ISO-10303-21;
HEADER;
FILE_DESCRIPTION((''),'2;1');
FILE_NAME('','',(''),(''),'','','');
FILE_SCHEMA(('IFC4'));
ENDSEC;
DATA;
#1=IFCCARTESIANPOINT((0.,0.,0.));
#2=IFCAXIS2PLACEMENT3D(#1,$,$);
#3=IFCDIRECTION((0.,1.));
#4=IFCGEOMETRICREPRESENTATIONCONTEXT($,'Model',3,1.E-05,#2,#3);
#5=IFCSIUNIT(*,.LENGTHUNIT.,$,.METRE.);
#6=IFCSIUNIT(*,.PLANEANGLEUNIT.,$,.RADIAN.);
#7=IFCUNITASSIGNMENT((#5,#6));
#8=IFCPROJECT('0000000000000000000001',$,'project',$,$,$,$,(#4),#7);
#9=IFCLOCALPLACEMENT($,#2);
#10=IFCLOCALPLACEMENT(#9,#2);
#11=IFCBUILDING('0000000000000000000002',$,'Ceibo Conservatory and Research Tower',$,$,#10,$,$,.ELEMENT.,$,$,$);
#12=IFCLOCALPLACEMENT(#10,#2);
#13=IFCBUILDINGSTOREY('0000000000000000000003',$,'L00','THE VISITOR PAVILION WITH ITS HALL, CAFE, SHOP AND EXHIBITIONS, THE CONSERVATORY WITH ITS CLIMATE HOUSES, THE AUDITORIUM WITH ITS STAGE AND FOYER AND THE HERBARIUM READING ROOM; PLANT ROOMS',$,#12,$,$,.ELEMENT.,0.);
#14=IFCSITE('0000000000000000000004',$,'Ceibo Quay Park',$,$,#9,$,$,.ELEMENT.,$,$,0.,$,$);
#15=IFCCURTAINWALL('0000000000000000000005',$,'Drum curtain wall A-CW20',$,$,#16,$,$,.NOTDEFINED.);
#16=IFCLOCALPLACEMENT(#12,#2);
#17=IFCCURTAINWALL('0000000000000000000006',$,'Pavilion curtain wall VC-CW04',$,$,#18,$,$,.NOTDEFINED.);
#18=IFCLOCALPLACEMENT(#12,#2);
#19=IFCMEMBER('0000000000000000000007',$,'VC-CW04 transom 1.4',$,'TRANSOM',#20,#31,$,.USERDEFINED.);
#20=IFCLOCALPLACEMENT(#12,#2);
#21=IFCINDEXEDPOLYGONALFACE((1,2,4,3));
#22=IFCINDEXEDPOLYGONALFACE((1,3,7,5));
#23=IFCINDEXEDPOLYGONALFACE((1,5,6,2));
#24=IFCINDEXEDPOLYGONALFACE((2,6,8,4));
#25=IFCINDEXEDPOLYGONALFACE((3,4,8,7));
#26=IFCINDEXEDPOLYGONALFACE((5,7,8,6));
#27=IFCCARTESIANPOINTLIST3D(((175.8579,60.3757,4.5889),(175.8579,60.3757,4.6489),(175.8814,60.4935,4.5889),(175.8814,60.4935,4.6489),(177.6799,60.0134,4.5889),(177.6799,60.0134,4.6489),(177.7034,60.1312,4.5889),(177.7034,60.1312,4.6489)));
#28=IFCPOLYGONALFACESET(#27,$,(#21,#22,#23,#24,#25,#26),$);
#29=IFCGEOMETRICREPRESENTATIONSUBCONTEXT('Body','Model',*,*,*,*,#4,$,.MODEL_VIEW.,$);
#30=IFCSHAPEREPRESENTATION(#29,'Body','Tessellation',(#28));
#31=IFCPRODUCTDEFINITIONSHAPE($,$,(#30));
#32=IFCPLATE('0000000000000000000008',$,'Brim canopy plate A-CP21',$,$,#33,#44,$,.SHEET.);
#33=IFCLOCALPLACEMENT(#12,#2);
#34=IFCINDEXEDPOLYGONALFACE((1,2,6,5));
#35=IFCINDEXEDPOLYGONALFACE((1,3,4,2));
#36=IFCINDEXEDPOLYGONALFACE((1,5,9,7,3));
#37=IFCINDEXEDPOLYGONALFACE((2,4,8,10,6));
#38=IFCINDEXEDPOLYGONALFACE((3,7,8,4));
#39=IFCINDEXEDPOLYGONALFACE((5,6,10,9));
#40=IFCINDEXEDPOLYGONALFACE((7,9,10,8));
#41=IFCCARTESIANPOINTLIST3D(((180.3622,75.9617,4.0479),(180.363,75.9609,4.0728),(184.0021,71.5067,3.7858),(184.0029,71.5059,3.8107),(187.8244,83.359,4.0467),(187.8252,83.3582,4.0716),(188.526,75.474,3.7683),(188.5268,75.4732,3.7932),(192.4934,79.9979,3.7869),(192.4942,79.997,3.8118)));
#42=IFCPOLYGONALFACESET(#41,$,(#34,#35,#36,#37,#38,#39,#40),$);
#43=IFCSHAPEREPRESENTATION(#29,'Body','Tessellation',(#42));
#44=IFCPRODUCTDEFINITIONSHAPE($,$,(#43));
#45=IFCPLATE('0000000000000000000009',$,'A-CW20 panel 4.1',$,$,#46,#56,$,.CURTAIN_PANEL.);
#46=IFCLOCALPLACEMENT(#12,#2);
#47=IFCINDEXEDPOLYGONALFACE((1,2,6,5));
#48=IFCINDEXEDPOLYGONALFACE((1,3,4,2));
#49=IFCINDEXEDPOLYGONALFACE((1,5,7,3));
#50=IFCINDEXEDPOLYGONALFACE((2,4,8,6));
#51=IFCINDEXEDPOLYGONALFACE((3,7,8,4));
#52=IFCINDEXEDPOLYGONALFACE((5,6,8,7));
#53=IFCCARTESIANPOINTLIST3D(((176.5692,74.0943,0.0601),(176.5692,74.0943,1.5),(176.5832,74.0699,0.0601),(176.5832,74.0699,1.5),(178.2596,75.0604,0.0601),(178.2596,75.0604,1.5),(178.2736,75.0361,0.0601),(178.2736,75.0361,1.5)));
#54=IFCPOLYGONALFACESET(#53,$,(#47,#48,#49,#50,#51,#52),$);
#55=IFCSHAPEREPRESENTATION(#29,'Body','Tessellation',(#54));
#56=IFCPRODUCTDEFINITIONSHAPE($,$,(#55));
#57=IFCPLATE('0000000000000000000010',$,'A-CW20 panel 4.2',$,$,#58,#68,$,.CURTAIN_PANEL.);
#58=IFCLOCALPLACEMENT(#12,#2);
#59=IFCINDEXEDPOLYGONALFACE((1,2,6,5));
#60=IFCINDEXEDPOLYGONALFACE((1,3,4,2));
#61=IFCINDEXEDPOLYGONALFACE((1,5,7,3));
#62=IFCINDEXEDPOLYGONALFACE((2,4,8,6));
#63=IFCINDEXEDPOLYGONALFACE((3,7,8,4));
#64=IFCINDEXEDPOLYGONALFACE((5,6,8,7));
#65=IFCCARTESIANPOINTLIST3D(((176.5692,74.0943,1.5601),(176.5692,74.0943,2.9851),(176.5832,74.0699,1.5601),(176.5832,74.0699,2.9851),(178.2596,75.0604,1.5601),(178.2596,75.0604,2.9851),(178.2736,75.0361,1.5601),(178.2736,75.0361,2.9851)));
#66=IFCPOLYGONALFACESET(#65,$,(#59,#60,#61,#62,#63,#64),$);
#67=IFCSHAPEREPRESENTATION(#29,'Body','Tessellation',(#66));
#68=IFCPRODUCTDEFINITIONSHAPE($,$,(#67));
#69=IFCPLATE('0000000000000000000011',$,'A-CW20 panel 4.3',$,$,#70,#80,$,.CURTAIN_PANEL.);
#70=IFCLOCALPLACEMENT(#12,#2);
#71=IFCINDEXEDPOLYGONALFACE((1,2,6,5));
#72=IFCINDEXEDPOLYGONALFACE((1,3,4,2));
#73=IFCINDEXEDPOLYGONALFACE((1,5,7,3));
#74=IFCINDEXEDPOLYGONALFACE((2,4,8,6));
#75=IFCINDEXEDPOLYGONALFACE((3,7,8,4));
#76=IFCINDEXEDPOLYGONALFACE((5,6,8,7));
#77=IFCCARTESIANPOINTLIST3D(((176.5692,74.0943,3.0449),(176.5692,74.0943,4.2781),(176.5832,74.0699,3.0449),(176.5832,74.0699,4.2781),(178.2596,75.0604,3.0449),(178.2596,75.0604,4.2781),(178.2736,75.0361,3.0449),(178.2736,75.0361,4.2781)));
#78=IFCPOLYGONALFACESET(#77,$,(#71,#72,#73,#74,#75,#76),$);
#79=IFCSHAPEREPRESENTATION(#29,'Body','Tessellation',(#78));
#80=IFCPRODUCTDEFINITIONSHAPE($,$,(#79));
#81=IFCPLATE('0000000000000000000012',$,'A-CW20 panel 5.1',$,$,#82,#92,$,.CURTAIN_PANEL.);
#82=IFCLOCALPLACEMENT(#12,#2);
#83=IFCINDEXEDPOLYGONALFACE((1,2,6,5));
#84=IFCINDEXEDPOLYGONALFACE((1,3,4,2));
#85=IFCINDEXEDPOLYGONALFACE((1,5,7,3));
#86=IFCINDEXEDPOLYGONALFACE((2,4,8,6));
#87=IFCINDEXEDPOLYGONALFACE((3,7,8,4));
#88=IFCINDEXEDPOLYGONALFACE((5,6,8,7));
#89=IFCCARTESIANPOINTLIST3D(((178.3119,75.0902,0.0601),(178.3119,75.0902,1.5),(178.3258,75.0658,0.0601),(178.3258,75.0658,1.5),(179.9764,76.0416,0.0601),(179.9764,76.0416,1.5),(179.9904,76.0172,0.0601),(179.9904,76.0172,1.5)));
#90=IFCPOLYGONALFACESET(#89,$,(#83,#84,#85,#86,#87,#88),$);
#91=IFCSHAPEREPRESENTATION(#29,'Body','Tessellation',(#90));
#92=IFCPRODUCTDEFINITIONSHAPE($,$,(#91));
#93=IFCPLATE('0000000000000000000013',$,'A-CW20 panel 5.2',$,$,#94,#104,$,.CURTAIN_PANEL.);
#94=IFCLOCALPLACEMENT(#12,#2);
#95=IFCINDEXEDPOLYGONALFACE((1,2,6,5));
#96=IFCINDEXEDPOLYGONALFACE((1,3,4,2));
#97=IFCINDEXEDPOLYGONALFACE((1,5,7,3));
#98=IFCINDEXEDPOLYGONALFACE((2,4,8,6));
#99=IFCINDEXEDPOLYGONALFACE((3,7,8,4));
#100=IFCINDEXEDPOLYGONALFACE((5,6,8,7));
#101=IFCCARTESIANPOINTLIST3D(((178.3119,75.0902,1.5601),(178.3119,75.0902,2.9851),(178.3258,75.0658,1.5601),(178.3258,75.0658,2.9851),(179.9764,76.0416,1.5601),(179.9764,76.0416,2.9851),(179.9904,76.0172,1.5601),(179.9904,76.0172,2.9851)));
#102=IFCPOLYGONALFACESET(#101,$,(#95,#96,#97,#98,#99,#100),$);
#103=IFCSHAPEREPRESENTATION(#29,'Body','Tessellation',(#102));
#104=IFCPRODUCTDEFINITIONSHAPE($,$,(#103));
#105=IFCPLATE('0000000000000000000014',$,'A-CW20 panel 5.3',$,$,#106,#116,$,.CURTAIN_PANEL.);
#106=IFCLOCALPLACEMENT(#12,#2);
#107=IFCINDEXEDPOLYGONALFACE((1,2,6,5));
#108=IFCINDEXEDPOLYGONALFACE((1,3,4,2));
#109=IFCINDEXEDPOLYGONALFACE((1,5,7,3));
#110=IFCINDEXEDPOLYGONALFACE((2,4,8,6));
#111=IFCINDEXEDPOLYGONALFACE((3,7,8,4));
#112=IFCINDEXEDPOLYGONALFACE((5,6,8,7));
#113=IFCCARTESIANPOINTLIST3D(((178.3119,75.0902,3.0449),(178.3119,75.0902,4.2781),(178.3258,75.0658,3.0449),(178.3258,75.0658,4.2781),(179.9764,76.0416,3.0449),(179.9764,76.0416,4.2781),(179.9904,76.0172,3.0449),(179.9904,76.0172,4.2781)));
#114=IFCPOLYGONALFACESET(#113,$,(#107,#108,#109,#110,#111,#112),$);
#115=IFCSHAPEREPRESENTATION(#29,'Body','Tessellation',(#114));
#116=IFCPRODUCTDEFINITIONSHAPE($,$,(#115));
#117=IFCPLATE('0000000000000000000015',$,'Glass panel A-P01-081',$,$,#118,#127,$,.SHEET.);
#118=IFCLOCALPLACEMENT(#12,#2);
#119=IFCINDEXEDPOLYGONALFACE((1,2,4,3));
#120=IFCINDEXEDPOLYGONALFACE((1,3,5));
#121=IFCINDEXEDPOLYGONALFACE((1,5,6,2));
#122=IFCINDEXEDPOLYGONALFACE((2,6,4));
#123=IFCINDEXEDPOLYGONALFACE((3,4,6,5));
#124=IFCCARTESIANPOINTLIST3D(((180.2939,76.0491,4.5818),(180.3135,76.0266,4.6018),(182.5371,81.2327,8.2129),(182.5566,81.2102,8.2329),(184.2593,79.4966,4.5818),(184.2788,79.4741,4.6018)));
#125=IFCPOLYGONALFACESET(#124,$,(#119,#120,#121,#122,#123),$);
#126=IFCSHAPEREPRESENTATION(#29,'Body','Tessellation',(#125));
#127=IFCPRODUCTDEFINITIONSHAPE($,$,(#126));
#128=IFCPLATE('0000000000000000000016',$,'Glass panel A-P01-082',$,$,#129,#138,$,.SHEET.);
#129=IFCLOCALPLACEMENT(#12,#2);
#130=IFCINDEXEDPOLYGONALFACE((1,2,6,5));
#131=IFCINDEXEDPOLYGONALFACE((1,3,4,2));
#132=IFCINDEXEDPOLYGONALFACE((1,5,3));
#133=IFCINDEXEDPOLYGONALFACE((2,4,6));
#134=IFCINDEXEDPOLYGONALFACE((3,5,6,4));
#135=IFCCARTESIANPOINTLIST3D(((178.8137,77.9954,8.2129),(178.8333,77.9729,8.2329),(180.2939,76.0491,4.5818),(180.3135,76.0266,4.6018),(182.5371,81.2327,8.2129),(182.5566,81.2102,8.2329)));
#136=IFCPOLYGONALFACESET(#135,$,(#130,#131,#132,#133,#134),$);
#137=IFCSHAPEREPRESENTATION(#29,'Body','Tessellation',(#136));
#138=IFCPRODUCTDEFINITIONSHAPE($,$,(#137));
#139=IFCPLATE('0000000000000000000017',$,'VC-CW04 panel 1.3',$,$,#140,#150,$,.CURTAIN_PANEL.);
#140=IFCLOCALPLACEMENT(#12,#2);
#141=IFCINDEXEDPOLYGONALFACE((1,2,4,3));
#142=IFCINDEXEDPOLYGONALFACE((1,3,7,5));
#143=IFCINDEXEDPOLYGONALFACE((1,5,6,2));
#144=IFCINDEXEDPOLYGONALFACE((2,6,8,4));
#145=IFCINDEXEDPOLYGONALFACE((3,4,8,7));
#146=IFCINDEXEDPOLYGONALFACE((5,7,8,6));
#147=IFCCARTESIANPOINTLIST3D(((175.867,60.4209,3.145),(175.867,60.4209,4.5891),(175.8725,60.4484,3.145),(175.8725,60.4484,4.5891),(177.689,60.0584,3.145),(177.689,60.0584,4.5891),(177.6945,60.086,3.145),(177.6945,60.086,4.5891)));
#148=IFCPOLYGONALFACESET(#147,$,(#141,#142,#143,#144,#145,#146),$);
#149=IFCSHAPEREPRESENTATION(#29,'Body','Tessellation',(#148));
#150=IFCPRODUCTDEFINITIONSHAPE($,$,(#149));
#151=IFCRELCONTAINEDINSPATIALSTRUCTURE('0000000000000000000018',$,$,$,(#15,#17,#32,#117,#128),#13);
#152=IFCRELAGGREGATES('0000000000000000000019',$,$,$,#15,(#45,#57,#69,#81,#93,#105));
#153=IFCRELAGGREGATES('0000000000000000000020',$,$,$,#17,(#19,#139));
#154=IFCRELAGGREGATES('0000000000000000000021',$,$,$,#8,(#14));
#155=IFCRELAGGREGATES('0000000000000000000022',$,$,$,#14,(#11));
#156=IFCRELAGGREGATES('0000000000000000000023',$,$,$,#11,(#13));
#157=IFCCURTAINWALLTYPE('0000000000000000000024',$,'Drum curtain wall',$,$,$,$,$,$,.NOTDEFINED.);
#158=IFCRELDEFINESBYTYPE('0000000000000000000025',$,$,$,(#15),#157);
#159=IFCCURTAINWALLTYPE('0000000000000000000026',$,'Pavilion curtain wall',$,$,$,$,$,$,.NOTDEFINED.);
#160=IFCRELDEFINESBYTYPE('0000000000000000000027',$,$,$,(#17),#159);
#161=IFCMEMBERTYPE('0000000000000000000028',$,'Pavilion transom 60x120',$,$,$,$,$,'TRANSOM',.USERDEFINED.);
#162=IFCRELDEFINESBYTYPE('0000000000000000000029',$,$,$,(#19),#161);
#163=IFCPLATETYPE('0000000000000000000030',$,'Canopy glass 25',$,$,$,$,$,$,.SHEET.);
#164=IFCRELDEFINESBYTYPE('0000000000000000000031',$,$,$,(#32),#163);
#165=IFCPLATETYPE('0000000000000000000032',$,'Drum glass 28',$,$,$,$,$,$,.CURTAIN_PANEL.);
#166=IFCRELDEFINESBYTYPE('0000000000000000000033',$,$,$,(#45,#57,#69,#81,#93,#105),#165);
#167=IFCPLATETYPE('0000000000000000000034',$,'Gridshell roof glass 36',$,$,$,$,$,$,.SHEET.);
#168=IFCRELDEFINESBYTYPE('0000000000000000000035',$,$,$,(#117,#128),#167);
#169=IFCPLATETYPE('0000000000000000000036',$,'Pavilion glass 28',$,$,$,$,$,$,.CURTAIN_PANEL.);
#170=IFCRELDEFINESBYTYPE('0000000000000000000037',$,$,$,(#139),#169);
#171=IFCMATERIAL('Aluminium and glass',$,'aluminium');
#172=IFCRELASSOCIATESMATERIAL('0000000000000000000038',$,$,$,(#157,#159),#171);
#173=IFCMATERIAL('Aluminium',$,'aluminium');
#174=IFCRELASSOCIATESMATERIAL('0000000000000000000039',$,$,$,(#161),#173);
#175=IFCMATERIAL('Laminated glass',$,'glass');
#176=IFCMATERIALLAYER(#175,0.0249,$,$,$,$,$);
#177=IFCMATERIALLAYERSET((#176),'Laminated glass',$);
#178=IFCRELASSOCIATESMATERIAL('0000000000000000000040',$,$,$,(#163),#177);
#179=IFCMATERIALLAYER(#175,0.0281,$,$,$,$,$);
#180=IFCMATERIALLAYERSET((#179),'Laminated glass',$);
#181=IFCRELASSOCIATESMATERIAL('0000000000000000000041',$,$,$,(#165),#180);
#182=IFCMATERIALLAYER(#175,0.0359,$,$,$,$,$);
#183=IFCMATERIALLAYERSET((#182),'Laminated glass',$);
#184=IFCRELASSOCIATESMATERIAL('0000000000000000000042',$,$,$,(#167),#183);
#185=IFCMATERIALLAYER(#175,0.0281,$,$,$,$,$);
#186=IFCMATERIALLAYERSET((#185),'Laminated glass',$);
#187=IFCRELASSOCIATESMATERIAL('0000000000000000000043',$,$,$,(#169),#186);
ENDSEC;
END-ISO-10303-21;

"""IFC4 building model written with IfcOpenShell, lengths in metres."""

from ifc_helpers import new_model, si_unit, direction, frame, origin, origin_2d, place, context, subcontext, project, spatial, polyline, rectangle, outline, extrude, material, layer, layer_set, material_profile, profile_set, type_object, element, aggregate, save


model = new_model("IFC4")

# Units and contexts
model_context = context("Model", 3, precision=1e-05, world=origin(), true_north=direction((0.0, 1.0)))
body_context = subcontext(model_context, "Body", "Model", "MODEL_VIEW")
ifc_project = project(units=[si_unit("LENGTHUNIT", "METRE"), si_unit("PLANEANGLEUNIT", "RADIAN")], contexts=[model_context])

# Site, building, storey
site_placement = place(None, origin())
site = spatial("IfcSite", under=ifc_project, at=site_placement, Name="Ceibo Quay Park", CompositionType="ELEMENT", RefElevation=0.0)
building_placement = place(site_placement, origin())
building = spatial("IfcBuilding", under=site, at=building_placement, Name="Ceibo Conservatory and Research Tower", CompositionType="ELEMENT")
storey_placement = place(building_placement, origin())
storey = spatial("IfcBuildingStorey", under=building, at=storey_placement, Name="L00", Description="THE VISITOR PAVILION WITH ITS HALL, CAFE, SHOP AND EXHIBITIONS, THE CONSERVATORY WITH ITS CLIMATE HOUSES, THE AUDITORIUM WITH ITS STAGE AND FOYER AND THE HERBARIUM READING ROOM; PLANT ROOMS", CompositionType="ELEMENT", Elevation=0.0)

# Curtain wall
ifc_material_1 = material(Name="Aluminium and glass", Category="aluminium")
curtain_wall_type_1 = type_object("IfcCurtainWallType", Name="Drum curtain wall", PredefinedType="NOTDEFINED", material=ifc_material_1)
curtain_wall_1_placement = place(storey_placement, origin())
curtain_wall_1 = element("IfcCurtainWall", 1, at=curtain_wall_1_placement, inside=storey, type_object=curtain_wall_type_1, Name="Drum curtain wall A-CW20", PredefinedType="NOTDEFINED")
ifc_material_2 = material(Name="Aluminium", Category="aluminium")

# Curtain wall, member
curtain_wall_type_2 = type_object("IfcCurtainWallType", Name="Pavilion curtain wall", PredefinedType="NOTDEFINED", material=ifc_material_1)
curtain_wall_2_placement = place(storey_placement, origin())
curtain_wall_2 = element("IfcCurtainWall", 2, at=curtain_wall_2_placement, inside=storey, type_object=curtain_wall_type_2, Name="Pavilion curtain wall VC-CW04", PredefinedType="NOTDEFINED")
ifc_material_profile_1 = material_profile(ifc_material_2, rectangle(XDim=0.1201, YDim=0.0601, at=origin_2d()), Name="AL 60x120")
ifc_profile_set_1 = profile_set([ifc_material_profile_1], Name="Aluminium")
member_type_1 = type_object("IfcMemberType", Name="Pavilion transom 60x120", ElementType="TRANSOM", PredefinedType="USERDEFINED", material=ifc_profile_set_1)
member_1_placement = place(storey_placement, frame((177.6917, 60.0723, 4.6189), z_axis=(-0.980797, 0.195029, 0.0), x_axis=(-0.195029, -0.980797, 0.0)))
member_1 = element("IfcMember", 3, at=member_1_placement, type_object=member_type_1, Name="VC-CW04 transom 1.4", ObjectType="TRANSOM", PredefinedType="USERDEFINED", context=body_context, shape_type="SweptSolid", body=[
    extrude(rectangle(XDim=0.1201, YDim=0.0601, at=origin_2d()), origin(), (0.0, 0.0, 1.0), 1.8577),
])

# Plates
ifc_material_3 = material(Name="Laminated glass", Category="glass")
ifc_layer_1 = layer(ifc_material_3, 0.0249)
ifc_layer_set_1 = layer_set([ifc_layer_1], Name="Laminated glass")
plate_type_1 = type_object("IfcPlateType", Name="Canopy glass 25", PredefinedType="SHEET", material=ifc_layer_set_1)
plate_1_placement = place(storey_placement, frame((180.363, 75.9609, 4.0728), z_axis=(-0.032272, 0.032399, -0.998954), x_axis=(0.710187, 0.704013, -0.00011)))
element("IfcPlate", 4, at=plate_1_placement, inside=storey, type_object=plate_type_1, Name="Brim canopy plate A-CP21", PredefinedType="SHEET", context=body_context, shape_type="SweptSolid", body=[
    extrude(outline(polyline([(0.0, 0.0), (10.5073, 0.0), (11.4569, 5.68), (5.4545, 6.1002), (-0.5514, 5.7325), (0.0, 0.0)])), origin(), (0.0, 0.0, 1.0), 0.0249),
])
ifc_layer_2 = layer(ifc_material_3, 0.0281)
ifc_layer_set_2 = layer_set([ifc_layer_2], Name="Laminated glass")
plate_type_2 = type_object("IfcPlateType", Name="Drum glass 28", PredefinedType="CURTAIN_PANEL", material=ifc_layer_set_2)
plate_2_placement = place(storey_placement, frame((177.4214, 74.5652, 0.0601), z_axis=(0.0, 0.0, 1.0), x_axis=(0.868199, 0.496216, 0.0)))
plate_2 = element("IfcPlate", 5, at=plate_2_placement, type_object=plate_type_2, Name="A-CW20 panel 4.1", PredefinedType="CURTAIN_PANEL", context=body_context, shape_type="SweptSolid", body=[
    extrude(rectangle(XDim=1.947, YDim=0.0281, at=origin_2d()), origin(), (0.0, 0.0, 1.0), 1.4399),
])
plate_3_placement = place(storey_placement, frame((177.4214, 74.5652, 1.5601), z_axis=(0.0, 0.0, 1.0), x_axis=(0.868199, 0.496216, 0.0)))
plate_3 = element("IfcPlate", 6, at=plate_3_placement, type_object=plate_type_2, Name="A-CW20 panel 4.2", PredefinedType="CURTAIN_PANEL", context=body_context, shape_type="SweptSolid", body=[
    extrude(rectangle(XDim=1.947, YDim=0.0281, at=origin_2d()), origin(), (0.0, 0.0, 1.0), 1.425),
])
plate_4_placement = place(storey_placement, frame((177.4214, 74.5652, 3.0449), z_axis=(0.0, 0.0, 1.0), x_axis=(0.868199, 0.496216, 0.0)))
plate_4 = element("IfcPlate", 7, at=plate_4_placement, type_object=plate_type_2, Name="A-CW20 panel 4.3", PredefinedType="CURTAIN_PANEL", context=body_context, shape_type="SweptSolid", body=[
    extrude(rectangle(XDim=1.947, YDim=0.0281, at=origin_2d()), origin(), (0.0, 0.0, 1.0), 1.2332),
])
plate_5_placement = place(storey_placement, frame((179.1511, 75.5537, 0.0601), z_axis=(0.0, 0.0, 1.0), x_axis=(0.868199, 0.496216, 0.0)))
plate_5 = element("IfcPlate", 8, at=plate_5_placement, type_object=plate_type_2, Name="A-CW20 panel 5.1", PredefinedType="CURTAIN_PANEL", context=body_context, shape_type="SweptSolid", body=[
    extrude(rectangle(XDim=1.9172, YDim=0.0281, at=origin_2d()), origin(), (0.0, 0.0, 1.0), 1.4399),
])
plate_6_placement = place(storey_placement, frame((179.1511, 75.5537, 1.5601), z_axis=(0.0, 0.0, 1.0), x_axis=(0.868199, 0.496216, 0.0)))
plate_6 = element("IfcPlate", 9, at=plate_6_placement, type_object=plate_type_2, Name="A-CW20 panel 5.2", PredefinedType="CURTAIN_PANEL", context=body_context, shape_type="SweptSolid", body=[
    extrude(rectangle(XDim=1.9172, YDim=0.0281, at=origin_2d()), origin(), (0.0, 0.0, 1.0), 1.425),
])
plate_7_placement = place(storey_placement, frame((179.1511, 75.5537, 3.0449), z_axis=(0.0, 0.0, 1.0), x_axis=(0.868199, 0.496216, 0.0)))
plate_7 = element("IfcPlate", 10, at=plate_7_placement, type_object=plate_type_2, Name="A-CW20 panel 5.3", PredefinedType="CURTAIN_PANEL", context=body_context, shape_type="SweptSolid", body=[
    extrude(rectangle(XDim=1.9172, YDim=0.0281, at=origin_2d()), origin(), (0.0, 0.0, 1.0), 1.2332),
])
aggregate(curtain_wall_1, [plate_2, plate_3, plate_4, plate_5, plate_6, plate_7])

# Plates
ifc_layer_3 = layer(ifc_material_3, 0.0359)
ifc_layer_set_3 = layer_set([ifc_layer_3], Name="Laminated glass")
plate_type_3 = type_object("IfcPlateType", Name="Gridshell roof glass 36", PredefinedType="SHEET", material=ifc_layer_set_3)
plate_8_placement = place(storey_placement, frame((180.3135, 76.0266, 4.6018), z_axis=(0.544575, -0.626372, 0.55776), x_axis=(0.754663, 0.656113, 0.0)))
element("IfcPlate", 11, at=plate_8_placement, inside=storey, type_object=plate_type_3, Name="Glass panel A-P01-081", PredefinedType="SHEET", context=body_context, shape_type="SweptSolid", body=[
    extrude(outline(polyline([(0.0, 0.0), (5.2544, 0.0), (5.0939, 4.3748), (0.0, 0.0)])), origin(), (0.0, 0.0, -1.0), 0.0359),
])
plate_9_placement = place(storey_placement, frame((180.3135, 76.0266, 4.6018), z_axis=(0.544597, -0.626369, 0.557742), x_axis=(0.334071, 0.771984, 0.540774)))
element("IfcPlate", 12, at=plate_9_placement, inside=storey, type_object=plate_type_3, Name="Glass panel A-P01-082", PredefinedType="SHEET", context=body_context, shape_type="SweptSolid", body=[
    extrude(outline(polyline([(0.0, 0.0), (6.7146, 0.0), (2.9716, 3.2146), (0.0, 0.0)])), origin(), (0.0, 0.0, -1.0), 0.0359),
])

# Plate
ifc_layer_4 = layer(ifc_material_3, 0.0281)
ifc_layer_set_4 = layer_set([ifc_layer_4], Name="Laminated glass")
plate_type_4 = type_object("IfcPlateType", Name="Pavilion glass 28", PredefinedType="CURTAIN_PANEL", material=ifc_layer_set_4)
plate_10_placement = place(storey_placement, frame((176.7808, 60.2534, 3.145), z_axis=(0.0, 0.0, 1.0), x_axis=(-0.980785, 0.19509, 0.0)))
plate_10 = element("IfcPlate", 13, at=plate_10_placement, type_object=plate_type_4, Name="VC-CW04 panel 1.3", PredefinedType="CURTAIN_PANEL", context=body_context, shape_type="SweptSolid", body=[
    extrude(rectangle(XDim=1.8577, YDim=0.0281, at=origin_2d()), origin(), (0.0, 0.0, 1.0), 1.4441),
])
aggregate(curtain_wall_2, [member_1, plate_10])

save(model, "model.ifc")
